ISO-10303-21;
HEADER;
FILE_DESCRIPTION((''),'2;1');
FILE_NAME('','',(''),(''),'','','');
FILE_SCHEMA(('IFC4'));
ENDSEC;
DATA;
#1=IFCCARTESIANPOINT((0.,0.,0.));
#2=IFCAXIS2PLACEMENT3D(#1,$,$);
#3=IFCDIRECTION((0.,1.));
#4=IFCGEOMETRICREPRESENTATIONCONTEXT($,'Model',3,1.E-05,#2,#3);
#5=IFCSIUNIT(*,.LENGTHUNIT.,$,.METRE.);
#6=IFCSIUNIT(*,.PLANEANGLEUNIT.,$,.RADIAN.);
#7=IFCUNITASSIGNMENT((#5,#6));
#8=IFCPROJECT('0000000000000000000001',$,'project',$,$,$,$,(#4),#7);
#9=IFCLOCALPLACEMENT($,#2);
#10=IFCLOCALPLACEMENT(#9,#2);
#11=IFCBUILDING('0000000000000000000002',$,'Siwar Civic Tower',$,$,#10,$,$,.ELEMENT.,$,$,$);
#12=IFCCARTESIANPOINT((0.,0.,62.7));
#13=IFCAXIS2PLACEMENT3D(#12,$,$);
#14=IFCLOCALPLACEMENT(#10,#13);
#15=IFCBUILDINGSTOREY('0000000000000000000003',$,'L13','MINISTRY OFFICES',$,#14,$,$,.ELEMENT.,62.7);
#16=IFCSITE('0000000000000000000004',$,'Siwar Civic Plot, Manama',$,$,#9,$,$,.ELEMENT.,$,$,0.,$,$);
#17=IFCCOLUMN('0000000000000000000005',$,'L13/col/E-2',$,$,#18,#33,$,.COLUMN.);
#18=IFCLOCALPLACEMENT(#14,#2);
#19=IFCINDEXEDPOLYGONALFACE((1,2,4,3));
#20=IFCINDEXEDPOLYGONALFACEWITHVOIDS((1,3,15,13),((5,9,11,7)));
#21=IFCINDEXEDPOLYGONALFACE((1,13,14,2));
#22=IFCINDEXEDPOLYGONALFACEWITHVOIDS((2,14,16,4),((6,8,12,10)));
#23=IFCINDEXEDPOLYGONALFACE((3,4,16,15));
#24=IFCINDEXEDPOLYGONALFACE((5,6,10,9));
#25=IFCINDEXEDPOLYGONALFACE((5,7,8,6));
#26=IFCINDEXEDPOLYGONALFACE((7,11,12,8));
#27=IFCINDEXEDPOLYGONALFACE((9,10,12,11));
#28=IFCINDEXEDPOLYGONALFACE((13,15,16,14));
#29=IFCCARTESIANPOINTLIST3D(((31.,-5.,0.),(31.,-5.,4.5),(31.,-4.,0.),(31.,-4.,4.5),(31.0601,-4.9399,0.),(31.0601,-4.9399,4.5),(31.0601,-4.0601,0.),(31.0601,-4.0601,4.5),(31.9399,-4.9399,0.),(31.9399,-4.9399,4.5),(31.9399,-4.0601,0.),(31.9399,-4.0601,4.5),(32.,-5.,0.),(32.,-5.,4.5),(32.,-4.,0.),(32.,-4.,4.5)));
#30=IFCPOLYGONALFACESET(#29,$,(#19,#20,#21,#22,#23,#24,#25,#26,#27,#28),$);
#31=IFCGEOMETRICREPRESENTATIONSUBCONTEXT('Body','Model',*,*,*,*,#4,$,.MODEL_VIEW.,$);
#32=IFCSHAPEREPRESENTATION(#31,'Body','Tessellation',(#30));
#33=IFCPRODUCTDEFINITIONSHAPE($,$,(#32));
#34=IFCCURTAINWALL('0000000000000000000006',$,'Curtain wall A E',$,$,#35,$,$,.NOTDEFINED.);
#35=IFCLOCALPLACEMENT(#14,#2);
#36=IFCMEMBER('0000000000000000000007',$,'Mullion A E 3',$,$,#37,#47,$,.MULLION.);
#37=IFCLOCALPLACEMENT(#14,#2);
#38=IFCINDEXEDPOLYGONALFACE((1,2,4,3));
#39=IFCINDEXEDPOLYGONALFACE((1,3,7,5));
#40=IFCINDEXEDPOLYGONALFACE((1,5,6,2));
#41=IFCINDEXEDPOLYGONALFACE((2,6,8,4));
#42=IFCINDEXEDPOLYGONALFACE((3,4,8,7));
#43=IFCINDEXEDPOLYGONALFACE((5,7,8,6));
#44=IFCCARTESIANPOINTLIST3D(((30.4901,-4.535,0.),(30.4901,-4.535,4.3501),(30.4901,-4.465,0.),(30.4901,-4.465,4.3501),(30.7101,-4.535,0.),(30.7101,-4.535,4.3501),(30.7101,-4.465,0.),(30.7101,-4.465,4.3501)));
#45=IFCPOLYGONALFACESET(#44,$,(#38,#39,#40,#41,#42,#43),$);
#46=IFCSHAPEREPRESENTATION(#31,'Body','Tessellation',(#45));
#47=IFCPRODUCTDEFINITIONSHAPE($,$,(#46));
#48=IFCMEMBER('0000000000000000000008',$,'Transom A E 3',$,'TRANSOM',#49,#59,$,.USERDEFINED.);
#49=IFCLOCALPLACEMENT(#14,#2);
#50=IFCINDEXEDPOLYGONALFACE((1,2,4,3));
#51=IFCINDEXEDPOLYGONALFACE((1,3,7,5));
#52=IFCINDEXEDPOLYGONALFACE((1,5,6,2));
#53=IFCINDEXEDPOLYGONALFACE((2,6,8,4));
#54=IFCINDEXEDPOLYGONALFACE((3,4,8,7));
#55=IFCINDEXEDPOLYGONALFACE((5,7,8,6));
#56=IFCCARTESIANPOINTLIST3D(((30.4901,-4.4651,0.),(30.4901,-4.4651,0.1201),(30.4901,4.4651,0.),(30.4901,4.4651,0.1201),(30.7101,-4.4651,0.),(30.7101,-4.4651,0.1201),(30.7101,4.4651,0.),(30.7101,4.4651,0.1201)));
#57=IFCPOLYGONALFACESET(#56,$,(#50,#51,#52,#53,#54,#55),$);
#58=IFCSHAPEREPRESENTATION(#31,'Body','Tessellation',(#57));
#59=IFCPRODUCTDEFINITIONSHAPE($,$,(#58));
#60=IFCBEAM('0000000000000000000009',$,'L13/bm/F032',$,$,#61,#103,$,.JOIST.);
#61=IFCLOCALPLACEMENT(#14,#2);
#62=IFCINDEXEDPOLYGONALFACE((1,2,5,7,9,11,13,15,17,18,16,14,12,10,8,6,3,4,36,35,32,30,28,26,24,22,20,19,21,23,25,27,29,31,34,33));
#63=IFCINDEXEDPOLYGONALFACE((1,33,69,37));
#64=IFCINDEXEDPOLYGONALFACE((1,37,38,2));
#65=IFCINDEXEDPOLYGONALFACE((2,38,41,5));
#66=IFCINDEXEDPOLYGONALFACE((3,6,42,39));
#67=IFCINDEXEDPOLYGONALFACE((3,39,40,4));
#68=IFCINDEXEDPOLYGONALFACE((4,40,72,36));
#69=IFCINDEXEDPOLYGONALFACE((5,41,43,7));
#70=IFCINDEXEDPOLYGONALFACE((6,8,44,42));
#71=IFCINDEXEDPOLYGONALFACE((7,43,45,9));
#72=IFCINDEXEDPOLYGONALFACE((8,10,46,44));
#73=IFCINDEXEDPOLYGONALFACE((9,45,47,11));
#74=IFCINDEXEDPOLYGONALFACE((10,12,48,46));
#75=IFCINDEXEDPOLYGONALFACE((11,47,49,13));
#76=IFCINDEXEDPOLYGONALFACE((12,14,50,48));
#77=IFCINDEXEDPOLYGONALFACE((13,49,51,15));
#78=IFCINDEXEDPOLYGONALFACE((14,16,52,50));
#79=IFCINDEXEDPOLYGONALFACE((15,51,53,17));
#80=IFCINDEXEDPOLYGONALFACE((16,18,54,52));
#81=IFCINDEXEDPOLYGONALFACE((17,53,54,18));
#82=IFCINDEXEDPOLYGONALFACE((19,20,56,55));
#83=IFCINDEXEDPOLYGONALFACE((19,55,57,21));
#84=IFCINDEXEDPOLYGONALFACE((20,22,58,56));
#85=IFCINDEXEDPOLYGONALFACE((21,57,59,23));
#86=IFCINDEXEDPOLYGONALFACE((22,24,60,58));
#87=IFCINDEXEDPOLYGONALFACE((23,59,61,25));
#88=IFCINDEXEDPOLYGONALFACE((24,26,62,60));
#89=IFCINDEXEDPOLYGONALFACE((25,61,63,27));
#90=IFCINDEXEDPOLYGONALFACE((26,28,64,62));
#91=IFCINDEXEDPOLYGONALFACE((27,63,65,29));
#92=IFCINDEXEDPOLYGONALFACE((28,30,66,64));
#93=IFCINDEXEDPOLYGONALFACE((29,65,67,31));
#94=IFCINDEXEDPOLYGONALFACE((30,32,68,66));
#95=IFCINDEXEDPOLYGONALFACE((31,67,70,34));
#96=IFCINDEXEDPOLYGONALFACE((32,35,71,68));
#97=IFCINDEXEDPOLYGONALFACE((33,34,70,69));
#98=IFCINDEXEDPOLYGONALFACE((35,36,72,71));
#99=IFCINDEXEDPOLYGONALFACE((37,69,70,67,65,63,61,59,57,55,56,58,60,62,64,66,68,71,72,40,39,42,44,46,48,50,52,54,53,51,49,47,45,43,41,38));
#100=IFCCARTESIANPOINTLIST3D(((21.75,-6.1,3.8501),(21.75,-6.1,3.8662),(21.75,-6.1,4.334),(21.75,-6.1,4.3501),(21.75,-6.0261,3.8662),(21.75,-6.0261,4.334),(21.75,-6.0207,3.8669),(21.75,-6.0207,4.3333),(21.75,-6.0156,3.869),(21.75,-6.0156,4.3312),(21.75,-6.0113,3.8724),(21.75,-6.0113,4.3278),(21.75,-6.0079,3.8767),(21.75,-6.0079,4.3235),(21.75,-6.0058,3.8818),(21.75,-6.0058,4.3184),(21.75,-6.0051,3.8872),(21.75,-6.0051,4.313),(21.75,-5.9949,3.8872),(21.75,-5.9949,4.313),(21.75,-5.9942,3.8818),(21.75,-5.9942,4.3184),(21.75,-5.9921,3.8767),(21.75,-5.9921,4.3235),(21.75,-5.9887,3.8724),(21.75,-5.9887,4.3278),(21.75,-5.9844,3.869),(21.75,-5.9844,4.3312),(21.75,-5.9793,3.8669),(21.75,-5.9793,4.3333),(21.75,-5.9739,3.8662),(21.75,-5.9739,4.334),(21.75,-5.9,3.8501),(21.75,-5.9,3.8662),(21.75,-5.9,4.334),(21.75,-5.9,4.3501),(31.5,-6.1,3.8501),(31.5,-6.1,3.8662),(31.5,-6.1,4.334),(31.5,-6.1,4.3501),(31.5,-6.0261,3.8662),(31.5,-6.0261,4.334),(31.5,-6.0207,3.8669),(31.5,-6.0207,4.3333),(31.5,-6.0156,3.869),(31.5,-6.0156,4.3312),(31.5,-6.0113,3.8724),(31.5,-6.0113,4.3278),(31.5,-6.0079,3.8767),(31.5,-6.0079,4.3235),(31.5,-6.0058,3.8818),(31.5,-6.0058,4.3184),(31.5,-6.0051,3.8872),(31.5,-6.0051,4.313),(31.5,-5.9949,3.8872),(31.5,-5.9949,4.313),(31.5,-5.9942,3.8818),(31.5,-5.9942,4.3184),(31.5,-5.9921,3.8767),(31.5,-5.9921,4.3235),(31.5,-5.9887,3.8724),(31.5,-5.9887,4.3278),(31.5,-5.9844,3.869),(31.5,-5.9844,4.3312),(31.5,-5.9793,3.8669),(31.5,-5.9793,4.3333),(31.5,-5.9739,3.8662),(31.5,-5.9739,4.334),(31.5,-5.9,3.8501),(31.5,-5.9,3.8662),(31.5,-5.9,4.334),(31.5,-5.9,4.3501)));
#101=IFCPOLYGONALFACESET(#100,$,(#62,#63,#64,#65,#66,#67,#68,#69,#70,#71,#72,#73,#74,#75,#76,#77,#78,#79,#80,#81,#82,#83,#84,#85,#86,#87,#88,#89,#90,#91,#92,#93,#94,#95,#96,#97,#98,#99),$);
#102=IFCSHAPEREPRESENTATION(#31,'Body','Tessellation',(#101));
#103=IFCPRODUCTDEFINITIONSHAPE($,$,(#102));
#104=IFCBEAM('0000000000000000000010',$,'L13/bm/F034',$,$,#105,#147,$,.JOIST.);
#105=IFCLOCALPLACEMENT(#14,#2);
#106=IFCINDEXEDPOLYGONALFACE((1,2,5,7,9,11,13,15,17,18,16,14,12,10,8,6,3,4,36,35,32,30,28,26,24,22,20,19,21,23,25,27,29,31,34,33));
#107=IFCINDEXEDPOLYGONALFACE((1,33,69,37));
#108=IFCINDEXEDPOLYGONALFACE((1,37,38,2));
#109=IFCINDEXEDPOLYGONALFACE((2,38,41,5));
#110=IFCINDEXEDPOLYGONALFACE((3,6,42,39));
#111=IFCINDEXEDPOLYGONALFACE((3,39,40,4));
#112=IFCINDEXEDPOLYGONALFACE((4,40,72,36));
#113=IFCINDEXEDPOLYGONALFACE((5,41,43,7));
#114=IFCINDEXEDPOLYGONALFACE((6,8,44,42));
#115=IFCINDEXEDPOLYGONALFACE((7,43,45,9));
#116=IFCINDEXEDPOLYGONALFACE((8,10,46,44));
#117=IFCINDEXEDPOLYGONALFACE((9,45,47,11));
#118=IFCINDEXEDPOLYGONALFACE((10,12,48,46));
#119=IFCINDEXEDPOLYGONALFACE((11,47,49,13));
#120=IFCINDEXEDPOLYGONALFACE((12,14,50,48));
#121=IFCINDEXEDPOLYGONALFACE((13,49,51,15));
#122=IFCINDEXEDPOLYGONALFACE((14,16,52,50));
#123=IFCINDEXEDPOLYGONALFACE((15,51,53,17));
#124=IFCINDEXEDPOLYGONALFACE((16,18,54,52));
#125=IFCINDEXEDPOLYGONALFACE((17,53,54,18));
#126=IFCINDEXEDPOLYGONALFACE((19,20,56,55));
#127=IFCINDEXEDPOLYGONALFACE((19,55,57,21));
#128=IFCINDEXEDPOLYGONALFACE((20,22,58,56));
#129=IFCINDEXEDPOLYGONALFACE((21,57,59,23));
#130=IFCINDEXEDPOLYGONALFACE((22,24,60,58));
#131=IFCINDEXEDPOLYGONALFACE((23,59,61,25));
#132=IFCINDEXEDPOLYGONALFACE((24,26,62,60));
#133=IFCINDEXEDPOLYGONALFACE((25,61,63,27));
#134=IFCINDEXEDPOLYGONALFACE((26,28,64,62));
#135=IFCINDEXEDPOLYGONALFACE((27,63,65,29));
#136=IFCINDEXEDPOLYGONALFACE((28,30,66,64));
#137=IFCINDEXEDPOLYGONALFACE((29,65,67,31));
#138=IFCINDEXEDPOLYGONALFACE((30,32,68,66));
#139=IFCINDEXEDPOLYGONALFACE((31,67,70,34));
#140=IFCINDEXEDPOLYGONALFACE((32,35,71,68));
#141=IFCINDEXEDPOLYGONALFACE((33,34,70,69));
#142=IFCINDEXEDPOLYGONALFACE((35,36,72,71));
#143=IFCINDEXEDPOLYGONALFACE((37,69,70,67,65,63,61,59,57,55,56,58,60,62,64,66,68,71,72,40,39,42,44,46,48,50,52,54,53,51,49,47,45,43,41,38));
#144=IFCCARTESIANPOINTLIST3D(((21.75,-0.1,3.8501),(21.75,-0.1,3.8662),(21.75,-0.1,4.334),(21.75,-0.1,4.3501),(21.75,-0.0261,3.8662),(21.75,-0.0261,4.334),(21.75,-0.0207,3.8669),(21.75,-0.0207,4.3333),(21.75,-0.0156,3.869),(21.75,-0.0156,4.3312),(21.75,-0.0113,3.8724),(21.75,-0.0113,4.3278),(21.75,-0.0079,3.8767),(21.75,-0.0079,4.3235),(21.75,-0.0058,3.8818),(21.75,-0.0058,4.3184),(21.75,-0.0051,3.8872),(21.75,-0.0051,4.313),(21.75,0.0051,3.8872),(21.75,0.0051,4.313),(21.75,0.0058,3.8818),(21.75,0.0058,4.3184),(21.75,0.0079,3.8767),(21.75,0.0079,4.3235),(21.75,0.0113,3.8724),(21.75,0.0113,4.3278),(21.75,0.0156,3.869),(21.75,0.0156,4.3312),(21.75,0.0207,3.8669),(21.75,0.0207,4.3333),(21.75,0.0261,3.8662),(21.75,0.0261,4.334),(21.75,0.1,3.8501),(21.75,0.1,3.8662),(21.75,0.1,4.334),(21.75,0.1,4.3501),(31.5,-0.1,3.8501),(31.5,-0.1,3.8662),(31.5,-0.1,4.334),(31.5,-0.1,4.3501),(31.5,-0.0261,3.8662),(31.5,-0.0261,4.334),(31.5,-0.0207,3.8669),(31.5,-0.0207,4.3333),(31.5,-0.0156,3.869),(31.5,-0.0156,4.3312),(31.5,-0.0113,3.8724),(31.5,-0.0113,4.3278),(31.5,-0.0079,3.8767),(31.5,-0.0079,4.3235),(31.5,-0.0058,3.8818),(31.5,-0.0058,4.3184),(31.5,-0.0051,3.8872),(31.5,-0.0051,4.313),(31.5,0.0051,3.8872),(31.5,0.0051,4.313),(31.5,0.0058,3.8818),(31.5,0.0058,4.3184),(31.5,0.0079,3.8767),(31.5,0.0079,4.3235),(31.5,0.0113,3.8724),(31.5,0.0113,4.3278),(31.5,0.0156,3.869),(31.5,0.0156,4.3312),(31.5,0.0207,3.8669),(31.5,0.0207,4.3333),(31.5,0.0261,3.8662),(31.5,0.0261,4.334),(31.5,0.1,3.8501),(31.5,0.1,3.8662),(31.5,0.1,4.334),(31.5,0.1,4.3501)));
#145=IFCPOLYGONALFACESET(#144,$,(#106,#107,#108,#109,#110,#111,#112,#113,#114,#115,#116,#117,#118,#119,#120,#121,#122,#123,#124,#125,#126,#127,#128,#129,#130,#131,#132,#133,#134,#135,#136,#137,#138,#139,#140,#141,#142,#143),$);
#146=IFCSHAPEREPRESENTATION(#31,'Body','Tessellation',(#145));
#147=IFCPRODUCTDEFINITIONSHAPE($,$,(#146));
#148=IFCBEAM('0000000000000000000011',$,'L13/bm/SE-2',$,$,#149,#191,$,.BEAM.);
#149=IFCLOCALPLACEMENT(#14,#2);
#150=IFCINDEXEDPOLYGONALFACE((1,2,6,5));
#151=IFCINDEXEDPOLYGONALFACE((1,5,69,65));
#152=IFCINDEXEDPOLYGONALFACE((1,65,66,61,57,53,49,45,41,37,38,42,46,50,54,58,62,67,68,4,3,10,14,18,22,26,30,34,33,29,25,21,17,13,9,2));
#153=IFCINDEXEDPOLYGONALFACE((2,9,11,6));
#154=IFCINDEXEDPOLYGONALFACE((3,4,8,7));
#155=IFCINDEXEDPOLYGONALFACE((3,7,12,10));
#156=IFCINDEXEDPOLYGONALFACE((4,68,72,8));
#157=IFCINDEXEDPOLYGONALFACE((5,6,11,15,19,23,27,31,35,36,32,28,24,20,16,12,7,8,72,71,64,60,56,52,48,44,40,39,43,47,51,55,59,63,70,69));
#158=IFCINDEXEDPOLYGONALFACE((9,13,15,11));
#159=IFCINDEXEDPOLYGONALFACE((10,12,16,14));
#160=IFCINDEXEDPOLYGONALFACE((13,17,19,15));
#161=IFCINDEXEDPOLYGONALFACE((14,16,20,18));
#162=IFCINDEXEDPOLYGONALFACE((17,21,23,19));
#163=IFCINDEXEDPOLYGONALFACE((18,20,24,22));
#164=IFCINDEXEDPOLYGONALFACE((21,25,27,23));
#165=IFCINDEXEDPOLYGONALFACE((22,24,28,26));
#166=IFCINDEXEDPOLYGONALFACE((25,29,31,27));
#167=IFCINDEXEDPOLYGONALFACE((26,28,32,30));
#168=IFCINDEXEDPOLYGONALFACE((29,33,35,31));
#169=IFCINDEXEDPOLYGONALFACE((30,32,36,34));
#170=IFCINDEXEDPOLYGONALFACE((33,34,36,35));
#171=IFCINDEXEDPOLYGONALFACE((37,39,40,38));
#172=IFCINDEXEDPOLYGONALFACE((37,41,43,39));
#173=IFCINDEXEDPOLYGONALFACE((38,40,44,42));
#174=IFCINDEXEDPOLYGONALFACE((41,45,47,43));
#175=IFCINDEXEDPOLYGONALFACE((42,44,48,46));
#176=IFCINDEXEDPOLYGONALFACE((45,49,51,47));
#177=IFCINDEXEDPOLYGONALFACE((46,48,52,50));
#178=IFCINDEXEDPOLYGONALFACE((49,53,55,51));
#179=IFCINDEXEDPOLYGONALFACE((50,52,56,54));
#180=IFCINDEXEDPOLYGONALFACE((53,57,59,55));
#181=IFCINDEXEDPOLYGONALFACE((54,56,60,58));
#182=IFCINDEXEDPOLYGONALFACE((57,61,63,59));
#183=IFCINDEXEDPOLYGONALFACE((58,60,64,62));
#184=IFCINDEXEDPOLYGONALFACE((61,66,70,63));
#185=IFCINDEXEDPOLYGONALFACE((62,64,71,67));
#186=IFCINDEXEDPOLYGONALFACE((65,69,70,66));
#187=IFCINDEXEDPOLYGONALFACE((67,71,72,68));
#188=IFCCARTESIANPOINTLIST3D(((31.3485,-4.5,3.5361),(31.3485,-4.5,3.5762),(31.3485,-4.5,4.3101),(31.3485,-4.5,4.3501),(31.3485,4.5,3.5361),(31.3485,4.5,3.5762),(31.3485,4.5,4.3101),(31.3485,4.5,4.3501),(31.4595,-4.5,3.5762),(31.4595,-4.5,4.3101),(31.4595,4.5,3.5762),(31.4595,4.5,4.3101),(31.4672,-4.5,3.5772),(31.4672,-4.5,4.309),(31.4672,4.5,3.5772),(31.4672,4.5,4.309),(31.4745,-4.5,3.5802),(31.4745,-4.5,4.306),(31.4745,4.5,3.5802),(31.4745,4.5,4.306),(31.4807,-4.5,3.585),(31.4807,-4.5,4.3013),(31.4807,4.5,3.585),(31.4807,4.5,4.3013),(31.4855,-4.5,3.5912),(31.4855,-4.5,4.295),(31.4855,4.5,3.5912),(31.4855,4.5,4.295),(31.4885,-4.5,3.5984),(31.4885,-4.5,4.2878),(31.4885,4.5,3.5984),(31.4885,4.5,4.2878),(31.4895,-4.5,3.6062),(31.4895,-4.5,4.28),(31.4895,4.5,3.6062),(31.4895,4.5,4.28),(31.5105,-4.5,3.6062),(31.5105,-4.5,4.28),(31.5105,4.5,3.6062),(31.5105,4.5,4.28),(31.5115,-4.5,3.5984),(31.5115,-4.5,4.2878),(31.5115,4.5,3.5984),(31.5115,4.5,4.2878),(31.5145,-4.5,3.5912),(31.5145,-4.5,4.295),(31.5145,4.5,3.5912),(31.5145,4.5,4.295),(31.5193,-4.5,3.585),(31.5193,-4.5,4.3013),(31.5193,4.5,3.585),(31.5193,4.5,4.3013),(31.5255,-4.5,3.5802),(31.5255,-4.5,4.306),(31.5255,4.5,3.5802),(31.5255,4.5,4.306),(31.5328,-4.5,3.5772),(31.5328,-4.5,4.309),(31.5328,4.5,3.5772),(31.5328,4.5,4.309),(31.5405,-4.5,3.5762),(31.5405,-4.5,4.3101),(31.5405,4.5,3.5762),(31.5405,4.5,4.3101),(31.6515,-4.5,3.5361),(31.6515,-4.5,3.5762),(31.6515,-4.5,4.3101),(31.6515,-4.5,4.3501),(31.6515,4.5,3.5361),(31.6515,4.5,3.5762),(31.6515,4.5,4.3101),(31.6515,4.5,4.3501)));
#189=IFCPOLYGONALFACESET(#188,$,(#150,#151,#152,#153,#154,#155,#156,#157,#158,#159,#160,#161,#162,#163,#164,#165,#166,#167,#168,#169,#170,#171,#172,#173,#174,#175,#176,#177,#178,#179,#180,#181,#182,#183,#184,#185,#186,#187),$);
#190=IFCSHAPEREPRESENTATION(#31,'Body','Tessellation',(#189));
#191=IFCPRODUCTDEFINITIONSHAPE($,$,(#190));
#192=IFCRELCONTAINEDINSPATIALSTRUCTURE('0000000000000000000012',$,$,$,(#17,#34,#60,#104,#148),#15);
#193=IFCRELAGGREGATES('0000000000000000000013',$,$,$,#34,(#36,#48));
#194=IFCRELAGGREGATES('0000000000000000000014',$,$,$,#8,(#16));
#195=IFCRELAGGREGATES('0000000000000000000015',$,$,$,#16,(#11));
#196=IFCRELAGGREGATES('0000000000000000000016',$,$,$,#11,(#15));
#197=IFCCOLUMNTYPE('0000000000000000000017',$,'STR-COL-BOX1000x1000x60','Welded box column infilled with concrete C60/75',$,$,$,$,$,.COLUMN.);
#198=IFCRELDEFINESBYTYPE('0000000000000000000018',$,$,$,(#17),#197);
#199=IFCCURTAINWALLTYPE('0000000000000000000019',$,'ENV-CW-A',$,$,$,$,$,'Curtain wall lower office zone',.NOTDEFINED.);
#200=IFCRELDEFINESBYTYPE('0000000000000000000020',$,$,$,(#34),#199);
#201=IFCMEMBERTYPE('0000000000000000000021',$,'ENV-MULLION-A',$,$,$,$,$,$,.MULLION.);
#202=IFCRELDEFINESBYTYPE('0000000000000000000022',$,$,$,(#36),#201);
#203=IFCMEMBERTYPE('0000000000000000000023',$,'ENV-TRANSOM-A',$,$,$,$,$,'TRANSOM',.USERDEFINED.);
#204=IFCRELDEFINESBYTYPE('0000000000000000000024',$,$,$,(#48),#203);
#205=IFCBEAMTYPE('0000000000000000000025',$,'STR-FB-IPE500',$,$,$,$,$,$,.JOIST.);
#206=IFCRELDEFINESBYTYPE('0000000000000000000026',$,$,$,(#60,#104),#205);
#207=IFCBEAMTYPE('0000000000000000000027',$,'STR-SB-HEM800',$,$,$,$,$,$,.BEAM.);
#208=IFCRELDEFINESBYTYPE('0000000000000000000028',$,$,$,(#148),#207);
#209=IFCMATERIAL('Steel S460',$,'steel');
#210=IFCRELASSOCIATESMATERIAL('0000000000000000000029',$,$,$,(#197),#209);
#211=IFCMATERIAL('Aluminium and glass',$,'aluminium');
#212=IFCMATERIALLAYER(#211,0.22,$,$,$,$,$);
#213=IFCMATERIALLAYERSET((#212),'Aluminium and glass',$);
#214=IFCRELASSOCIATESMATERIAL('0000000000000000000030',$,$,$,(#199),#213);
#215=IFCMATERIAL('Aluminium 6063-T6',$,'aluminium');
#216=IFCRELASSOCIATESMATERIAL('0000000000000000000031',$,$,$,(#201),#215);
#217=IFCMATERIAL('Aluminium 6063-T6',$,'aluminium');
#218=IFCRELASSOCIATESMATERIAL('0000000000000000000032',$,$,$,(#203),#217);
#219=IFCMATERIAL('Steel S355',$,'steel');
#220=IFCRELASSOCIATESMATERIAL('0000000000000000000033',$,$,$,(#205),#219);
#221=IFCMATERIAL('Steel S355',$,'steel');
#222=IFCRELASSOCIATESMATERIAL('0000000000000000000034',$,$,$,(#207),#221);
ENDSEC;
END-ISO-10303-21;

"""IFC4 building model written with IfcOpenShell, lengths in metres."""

from ifc_helpers import new_model, si_unit, direction, frame, origin, origin_2d, place, context, subcontext, project, spatial, rectangle, hollow_rectangle, i_section, extrude, material, layer, layer_set, material_profile, profile_set, type_object, element, aggregate, save


model = new_model("IFC4")

# Units and contexts
model_context = context("Model", 3, precision=1e-05, world=origin(), true_north=direction((0.0, 1.0)))
body_context = subcontext(model_context, "Body", "Model", "MODEL_VIEW")
ifc_project = project(units=[si_unit("LENGTHUNIT", "METRE"), si_unit("PLANEANGLEUNIT", "RADIAN")], contexts=[model_context])

# Site, building, storey
site_placement = place(None, origin())
site = spatial("IfcSite", under=ifc_project, at=site_placement, Name="Siwar Civic Plot, Manama", CompositionType="ELEMENT", RefElevation=0.0)
building_placement = place(site_placement, origin())
building = spatial("IfcBuilding", under=site, at=building_placement, Name="Siwar Civic Tower", CompositionType="ELEMENT")
storey_placement = place(building_placement, frame((0.0, 0.0, 62.7)))
storey = spatial("IfcBuildingStorey", under=building, at=storey_placement, Name="L13", Description="MINISTRY OFFICES", CompositionType="ELEMENT", Elevation=62.7)

# Column
ifc_material_1 = material(Name="Steel S460", Category="steel")
ifc_material_profile_1 = material_profile(ifc_material_1, hollow_rectangle(XDim=1.0, YDim=1.0, WallThickness=0.0601, at=origin_2d()), Name="BOX1000x1000x60")
ifc_profile_set_1 = profile_set([ifc_material_profile_1], Name="Steel S460")
column_type = type_object("IfcColumnType", Name="STR-COL-BOX1000x1000x60", Description="Welded box column infilled with concrete C60/75", PredefinedType="COLUMN", material=ifc_profile_set_1)
column_placement = place(storey_placement, frame((31.5, -4.5, 0.0), z_axis=(0.0, 0.0, 1.0), x_axis=(1.0, 0.0, 0.0)))
element("IfcColumn", 1, at=column_placement, inside=storey, type_object=column_type, Name="L13/col/E-2", PredefinedType="COLUMN", context=body_context, shape_type="SweptSolid", body=[
    extrude(hollow_rectangle(XDim=1.0, YDim=1.0, WallThickness=0.0601, at=origin_2d()), origin(), (0.0, 0.0, 1.0), 4.5),
])

# Curtain wall, members
ifc_material_2 = material(Name="Aluminium and glass", Category="aluminium")
ifc_layer_1 = layer(ifc_material_2, 0.22)
ifc_layer_set_1 = layer_set([ifc_layer_1], Name="Aluminium and glass")
curtain_wall_type = type_object("IfcCurtainWallType", Name="ENV-CW-A", ElementType="Curtain wall lower office zone", PredefinedType="NOTDEFINED", material=ifc_layer_set_1)
curtain_wall_placement = place(storey_placement, origin())
curtain_wall = element("IfcCurtainWall", 2, at=curtain_wall_placement, inside=storey, type_object=curtain_wall_type, Name="Curtain wall A E", PredefinedType="NOTDEFINED")
ifc_material_3 = material(Name="Aluminium 6063-T6", Category="aluminium")
ifc_material_profile_2 = material_profile(ifc_material_3, rectangle(XDim=0.22, YDim=0.0701, at=origin_2d()), Name="AL 220x70")
ifc_profile_set_2 = profile_set([ifc_material_profile_2], Name="Aluminium 6063-T6")
member_type_1 = type_object("IfcMemberType", Name="ENV-MULLION-A", PredefinedType="MULLION", material=ifc_profile_set_2)
member_1_placement = place(storey_placement, frame((30.6001, -4.5, 0.0), z_axis=(0.0, 0.0, 1.0), x_axis=(-1.0, 0.0, 0.0)))
member_1 = element("IfcMember", 3, at=member_1_placement, type_object=member_type_1, Name="Mullion A E 3", PredefinedType="MULLION", context=body_context, shape_type="SweptSolid", body=[
    extrude(rectangle(XDim=0.22, YDim=0.0701, at=origin_2d()), origin(), (0.0, 0.0, 1.0), 4.3501),
])
ifc_material_4 = material(Name="Aluminium 6063-T6", Category="aluminium")
ifc_material_profile_3 = material_profile(ifc_material_4, rectangle(XDim=0.22, YDim=0.1201, at=origin_2d()), Name="AL 220x120")
ifc_profile_set_3 = profile_set([ifc_material_profile_3], Name="Aluminium 6063-T6")
member_type_2 = type_object("IfcMemberType", Name="ENV-TRANSOM-A", ElementType="TRANSOM", PredefinedType="USERDEFINED", material=ifc_profile_set_3)
member_2_placement = place(storey_placement, frame((30.6001, -4.4651, 0.0601), z_axis=(0.0, 1.0, 0.0), x_axis=(-1.0, 0.0, 0.0)))
member_2 = element("IfcMember", 4, at=member_2_placement, type_object=member_type_2, Name="Transom A E 3", ObjectType="TRANSOM", PredefinedType="USERDEFINED", context=body_context, shape_type="SweptSolid", body=[
    extrude(rectangle(XDim=0.22, YDim=0.1201, at=origin_2d()), origin(), (0.0, 0.0, 1.0), 8.9302),
])

# Beams
ifc_material_5 = material(Name="Steel S355", Category="steel")
ifc_material_profile_4 = material_profile(ifc_material_5, i_section(OverallWidth=0.2, OverallDepth=0.5, WebThickness=0.0103, FlangeThickness=0.0161, FilletRadius=0.021, at=origin_2d()), Name="IPE500")
ifc_profile_set_4 = profile_set([ifc_material_profile_4], Name="Steel S355")
beam_type_1 = type_object("IfcBeamType", Name="STR-FB-IPE500", PredefinedType="JOIST", material=ifc_profile_set_4)
for number, where, z_axis, x_axis, name in (
    (5, (21.75, -6.0, 4.1001), (1.0, 0.0, 0.0), (0.0, 1.0, 0.0), "L13/bm/F032"),
    (6, (21.75, 0.0, 4.1001), (1.0, 0.0, 0.0), (0.0, 1.0, 0.0), "L13/bm/F034"),
):
    element("IfcBeam", number, at=place(storey_placement, frame(where, z_axis=z_axis, x_axis=x_axis)), inside=storey, type_object=beam_type_1, Name=name, PredefinedType="JOIST", context=body_context, shape_type="SweptSolid", body=[
        extrude(i_section(OverallWidth=0.2, OverallDepth=0.5, WebThickness=0.0103, FlangeThickness=0.0161, FilletRadius=0.021, at=origin_2d()), origin(), (0.0, 0.0, 1.0), 9.75),
    ])
ifc_material_6 = material(Name="Steel S355", Category="steel")
ifc_material_profile_5 = material_profile(ifc_material_6, i_section(OverallWidth=0.303, OverallDepth=0.814, WebThickness=0.021, FlangeThickness=0.04, FilletRadius=0.03, at=origin_2d()), Name="HEM800")
ifc_profile_set_5 = profile_set([ifc_material_profile_5], Name="Steel S355")
beam_type_2 = type_object("IfcBeamType", Name="STR-SB-HEM800", PredefinedType="BEAM", material=ifc_profile_set_5)
beam_placement = place(storey_placement, frame((31.5, -4.5, 3.9431), z_axis=(0.0, 1.0, 0.0), x_axis=(-1.0, 0.0, 0.0)))
element("IfcBeam", 7, at=beam_placement, inside=storey, type_object=beam_type_2, Name="L13/bm/SE-2", PredefinedType="BEAM", context=body_context, shape_type="SweptSolid", body=[
    extrude(i_section(OverallWidth=0.303, OverallDepth=0.814, WebThickness=0.021, FlangeThickness=0.04, FilletRadius=0.03, at=origin_2d()), origin(), (0.0, 0.0, 1.0), 9.0),
])

aggregate(curtain_wall, [member_1, member_2])

save(model, "model.ifc")
